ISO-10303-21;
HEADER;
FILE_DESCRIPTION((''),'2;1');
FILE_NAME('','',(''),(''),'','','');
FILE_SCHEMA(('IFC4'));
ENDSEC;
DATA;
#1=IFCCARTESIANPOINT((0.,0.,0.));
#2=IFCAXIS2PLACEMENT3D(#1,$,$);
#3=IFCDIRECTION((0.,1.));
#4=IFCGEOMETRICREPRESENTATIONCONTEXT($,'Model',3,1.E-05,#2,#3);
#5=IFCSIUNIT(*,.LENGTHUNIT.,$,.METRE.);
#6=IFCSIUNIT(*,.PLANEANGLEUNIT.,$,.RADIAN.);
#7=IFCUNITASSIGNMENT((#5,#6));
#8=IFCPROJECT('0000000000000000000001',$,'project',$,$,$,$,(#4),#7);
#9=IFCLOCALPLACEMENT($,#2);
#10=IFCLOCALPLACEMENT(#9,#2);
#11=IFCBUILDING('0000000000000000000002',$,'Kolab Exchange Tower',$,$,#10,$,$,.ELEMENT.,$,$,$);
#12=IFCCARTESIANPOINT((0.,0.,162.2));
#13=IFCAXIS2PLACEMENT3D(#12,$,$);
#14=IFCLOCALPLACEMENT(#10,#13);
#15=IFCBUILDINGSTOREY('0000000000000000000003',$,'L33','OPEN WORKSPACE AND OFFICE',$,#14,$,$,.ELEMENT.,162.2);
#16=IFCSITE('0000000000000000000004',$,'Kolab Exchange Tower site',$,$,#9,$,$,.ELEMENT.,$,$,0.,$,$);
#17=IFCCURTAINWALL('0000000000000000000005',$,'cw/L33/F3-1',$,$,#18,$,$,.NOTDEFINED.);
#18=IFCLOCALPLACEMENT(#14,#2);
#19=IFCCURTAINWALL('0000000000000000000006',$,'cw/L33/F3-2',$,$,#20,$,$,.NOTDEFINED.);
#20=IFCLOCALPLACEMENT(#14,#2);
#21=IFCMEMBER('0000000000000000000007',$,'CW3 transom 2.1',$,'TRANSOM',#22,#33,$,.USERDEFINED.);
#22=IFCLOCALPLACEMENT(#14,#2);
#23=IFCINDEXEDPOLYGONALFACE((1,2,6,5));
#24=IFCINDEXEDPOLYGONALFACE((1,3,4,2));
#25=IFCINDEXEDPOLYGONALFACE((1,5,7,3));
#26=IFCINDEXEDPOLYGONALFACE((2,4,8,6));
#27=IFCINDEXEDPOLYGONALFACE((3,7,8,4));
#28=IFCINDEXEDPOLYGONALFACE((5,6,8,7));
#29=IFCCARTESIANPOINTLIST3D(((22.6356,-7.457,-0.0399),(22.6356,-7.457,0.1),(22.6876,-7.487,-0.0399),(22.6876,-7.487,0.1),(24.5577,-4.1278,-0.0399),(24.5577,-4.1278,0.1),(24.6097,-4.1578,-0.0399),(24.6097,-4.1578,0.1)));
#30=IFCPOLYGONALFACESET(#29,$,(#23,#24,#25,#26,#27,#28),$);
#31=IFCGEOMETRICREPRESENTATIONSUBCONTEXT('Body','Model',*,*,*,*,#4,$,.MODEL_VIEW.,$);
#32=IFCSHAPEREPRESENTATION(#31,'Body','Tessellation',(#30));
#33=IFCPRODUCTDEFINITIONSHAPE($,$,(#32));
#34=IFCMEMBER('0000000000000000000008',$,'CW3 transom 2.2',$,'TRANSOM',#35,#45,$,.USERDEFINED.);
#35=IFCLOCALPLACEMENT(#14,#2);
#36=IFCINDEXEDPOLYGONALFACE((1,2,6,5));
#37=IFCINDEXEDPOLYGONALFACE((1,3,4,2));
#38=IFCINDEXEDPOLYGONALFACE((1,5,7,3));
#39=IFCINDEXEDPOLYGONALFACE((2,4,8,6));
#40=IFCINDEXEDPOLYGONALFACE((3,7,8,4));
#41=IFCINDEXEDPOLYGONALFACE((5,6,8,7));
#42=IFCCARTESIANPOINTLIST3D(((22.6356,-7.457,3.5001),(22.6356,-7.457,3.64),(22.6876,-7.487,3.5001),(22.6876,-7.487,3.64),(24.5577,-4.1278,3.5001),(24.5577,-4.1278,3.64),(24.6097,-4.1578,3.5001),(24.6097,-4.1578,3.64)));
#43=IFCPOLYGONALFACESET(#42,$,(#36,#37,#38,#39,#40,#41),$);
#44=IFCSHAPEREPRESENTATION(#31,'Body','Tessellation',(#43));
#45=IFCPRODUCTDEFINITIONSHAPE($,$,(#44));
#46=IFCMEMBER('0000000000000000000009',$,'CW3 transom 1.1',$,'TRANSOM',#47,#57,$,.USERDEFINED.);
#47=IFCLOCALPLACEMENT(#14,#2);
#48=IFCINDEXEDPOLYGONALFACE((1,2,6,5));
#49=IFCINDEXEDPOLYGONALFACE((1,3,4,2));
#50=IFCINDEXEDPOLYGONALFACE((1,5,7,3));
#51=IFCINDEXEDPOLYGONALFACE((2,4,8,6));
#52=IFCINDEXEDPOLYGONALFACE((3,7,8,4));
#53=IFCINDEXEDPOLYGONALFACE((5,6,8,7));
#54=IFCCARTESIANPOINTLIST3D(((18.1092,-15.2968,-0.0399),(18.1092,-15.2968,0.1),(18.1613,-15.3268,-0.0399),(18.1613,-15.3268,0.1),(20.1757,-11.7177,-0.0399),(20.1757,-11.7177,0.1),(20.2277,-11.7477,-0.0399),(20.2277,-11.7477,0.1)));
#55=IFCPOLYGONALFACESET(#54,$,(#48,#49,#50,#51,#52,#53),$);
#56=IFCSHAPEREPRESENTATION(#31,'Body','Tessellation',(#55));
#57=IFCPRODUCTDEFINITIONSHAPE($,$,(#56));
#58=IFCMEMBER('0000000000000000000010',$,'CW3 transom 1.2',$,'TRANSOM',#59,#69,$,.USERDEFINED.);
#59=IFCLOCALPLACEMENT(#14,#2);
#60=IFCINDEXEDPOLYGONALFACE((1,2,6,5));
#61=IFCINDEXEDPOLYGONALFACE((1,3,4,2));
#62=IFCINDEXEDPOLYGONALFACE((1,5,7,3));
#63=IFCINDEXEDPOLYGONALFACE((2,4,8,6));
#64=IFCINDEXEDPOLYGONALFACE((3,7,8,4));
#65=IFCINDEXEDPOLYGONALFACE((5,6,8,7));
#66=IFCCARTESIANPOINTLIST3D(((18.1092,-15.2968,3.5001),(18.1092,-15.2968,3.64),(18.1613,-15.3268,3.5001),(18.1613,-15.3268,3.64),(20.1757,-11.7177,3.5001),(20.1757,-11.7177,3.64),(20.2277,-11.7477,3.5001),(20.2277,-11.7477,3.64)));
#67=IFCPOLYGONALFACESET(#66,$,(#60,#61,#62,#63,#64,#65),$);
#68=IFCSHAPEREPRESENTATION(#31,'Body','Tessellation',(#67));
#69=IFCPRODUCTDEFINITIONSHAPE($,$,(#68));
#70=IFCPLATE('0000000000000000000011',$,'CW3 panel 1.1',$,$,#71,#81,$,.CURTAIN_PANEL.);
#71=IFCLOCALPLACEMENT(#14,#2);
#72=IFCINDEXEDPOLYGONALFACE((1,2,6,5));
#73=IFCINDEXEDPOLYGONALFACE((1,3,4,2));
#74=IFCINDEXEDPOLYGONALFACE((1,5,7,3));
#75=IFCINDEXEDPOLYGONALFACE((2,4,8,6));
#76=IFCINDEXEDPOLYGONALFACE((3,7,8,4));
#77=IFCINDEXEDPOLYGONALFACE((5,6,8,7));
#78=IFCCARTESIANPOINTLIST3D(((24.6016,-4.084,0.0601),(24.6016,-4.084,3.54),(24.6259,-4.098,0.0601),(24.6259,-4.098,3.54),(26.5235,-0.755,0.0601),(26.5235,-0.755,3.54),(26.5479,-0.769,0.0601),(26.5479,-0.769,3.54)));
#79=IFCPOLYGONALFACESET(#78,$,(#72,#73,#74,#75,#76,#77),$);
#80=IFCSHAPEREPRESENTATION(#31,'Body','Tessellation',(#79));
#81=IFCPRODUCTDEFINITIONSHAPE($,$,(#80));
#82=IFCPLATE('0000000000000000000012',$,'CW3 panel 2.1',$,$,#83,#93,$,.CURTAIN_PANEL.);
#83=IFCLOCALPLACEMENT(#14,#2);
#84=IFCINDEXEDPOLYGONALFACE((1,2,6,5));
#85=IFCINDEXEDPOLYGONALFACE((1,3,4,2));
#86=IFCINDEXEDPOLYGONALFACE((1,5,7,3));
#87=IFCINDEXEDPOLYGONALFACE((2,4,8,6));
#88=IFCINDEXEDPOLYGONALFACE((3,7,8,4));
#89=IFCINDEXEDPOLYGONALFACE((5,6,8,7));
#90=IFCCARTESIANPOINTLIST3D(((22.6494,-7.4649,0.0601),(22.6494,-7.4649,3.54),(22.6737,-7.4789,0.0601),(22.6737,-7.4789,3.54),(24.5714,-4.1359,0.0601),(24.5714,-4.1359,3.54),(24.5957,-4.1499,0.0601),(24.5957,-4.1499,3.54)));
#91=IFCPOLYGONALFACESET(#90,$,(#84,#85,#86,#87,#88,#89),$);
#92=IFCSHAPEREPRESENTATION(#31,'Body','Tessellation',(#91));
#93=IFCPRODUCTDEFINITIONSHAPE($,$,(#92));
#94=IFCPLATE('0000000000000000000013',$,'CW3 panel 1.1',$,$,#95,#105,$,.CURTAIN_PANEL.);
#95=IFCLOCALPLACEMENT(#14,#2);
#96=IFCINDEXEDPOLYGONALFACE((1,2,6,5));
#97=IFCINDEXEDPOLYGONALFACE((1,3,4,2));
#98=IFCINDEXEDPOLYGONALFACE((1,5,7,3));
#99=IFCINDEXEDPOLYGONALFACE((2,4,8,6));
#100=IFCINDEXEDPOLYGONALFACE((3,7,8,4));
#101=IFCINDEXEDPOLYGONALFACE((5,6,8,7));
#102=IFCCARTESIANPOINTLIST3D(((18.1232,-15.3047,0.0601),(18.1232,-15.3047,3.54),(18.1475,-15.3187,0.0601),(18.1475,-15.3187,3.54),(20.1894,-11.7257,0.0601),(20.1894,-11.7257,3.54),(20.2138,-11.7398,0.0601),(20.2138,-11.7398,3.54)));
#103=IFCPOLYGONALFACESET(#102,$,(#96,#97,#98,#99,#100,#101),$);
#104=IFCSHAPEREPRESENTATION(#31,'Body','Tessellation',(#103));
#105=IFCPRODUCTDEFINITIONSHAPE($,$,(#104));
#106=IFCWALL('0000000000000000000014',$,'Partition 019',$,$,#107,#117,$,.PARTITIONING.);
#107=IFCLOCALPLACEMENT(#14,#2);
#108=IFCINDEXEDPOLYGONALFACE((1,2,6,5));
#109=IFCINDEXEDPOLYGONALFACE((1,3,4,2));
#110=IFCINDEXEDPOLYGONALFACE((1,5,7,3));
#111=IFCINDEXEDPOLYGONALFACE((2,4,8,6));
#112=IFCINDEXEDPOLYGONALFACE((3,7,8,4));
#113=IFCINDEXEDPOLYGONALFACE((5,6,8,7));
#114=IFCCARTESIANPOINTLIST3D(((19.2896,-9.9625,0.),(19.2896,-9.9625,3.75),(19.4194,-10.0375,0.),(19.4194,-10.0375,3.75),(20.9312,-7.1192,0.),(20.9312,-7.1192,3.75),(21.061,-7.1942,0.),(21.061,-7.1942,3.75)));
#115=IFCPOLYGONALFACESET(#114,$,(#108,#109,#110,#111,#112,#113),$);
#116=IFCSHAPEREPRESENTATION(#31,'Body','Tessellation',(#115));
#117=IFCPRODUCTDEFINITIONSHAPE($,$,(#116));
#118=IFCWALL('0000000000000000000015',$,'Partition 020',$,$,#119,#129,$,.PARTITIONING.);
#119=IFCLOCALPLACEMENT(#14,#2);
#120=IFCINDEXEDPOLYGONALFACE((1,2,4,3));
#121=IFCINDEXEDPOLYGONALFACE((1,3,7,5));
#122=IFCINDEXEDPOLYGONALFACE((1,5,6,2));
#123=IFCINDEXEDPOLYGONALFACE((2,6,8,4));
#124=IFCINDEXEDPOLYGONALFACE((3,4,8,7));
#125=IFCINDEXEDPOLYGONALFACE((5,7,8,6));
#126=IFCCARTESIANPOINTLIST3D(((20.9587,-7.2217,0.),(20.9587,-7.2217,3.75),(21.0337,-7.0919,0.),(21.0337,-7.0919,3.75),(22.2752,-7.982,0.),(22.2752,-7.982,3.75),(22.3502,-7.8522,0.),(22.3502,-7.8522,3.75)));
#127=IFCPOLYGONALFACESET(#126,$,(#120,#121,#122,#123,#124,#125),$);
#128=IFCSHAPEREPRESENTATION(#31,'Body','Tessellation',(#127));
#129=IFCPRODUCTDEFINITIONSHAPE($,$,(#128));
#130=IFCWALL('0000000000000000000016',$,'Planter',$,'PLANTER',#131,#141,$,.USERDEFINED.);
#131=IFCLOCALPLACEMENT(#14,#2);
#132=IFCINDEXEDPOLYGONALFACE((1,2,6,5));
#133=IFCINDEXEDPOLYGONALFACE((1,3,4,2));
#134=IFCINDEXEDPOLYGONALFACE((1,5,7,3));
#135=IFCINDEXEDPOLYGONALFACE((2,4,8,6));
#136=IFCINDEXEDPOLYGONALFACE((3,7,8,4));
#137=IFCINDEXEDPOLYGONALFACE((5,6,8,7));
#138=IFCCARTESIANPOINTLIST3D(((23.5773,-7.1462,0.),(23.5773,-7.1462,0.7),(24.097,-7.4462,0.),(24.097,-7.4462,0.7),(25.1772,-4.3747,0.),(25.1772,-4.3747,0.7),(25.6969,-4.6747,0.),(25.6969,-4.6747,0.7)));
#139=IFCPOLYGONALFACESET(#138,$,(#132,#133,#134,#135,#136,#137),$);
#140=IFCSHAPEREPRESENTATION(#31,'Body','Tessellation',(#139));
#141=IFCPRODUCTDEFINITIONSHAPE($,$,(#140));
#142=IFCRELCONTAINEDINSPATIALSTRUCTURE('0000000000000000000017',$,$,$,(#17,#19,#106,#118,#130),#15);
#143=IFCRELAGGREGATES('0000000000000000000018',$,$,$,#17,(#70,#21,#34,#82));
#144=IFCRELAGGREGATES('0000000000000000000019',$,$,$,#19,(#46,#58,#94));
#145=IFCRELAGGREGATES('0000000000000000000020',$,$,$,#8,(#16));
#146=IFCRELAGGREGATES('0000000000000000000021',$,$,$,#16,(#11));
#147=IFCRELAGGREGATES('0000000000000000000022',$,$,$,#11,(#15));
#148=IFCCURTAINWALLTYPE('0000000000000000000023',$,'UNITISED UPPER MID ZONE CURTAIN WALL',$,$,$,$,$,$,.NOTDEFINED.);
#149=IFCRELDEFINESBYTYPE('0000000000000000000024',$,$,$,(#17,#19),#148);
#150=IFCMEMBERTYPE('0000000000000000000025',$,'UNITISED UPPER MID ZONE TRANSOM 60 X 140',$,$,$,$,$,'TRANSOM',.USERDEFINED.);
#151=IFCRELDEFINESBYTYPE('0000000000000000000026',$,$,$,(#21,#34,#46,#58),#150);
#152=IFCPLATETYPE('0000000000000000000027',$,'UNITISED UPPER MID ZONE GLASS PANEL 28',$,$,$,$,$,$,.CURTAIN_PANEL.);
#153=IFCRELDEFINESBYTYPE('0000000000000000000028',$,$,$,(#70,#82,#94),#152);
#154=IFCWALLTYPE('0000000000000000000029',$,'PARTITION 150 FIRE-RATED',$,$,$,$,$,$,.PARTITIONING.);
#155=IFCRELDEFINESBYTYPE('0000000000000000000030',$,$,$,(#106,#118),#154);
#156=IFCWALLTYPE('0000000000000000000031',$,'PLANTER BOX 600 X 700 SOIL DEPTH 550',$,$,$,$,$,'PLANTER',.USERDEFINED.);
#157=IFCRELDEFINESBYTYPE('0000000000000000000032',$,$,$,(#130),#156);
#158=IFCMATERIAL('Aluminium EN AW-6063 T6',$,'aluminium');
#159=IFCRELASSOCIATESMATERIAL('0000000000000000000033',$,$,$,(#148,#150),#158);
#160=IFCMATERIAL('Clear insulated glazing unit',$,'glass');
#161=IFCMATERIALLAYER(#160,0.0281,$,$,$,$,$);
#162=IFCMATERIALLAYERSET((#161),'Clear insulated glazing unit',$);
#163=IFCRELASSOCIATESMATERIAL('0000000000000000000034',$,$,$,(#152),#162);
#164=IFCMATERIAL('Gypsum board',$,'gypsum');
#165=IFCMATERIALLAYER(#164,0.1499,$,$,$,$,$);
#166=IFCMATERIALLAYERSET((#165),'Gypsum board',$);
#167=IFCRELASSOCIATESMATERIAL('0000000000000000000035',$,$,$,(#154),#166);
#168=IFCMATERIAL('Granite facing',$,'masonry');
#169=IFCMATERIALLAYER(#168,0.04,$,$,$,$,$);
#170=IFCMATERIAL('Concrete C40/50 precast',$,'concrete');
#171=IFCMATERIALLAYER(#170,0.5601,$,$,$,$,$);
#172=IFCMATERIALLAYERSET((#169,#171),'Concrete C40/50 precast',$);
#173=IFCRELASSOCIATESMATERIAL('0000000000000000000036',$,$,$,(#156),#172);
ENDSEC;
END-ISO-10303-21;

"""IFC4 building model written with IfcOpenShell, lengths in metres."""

from ifc_helpers import new_model, si_unit, direction, frame, frame_2d, origin, origin_2d, place, context, subcontext, project, spatial, rectangle, extrude, material, layer, layer_set, material_profile, profile_set, type_object, element, aggregate, save


model = new_model("IFC4")

# Units and contexts
model_context = context("Model", 3, precision=1e-05, world=origin(), true_north=direction((0.0, 1.0)))
body_context = subcontext(model_context, "Body", "Model", "MODEL_VIEW")
ifc_project = project(units=[si_unit("LENGTHUNIT", "METRE"), si_unit("PLANEANGLEUNIT", "RADIAN")], contexts=[model_context])

# Site, building, storey
site_placement = place(None, origin())
site = spatial("IfcSite", under=ifc_project, at=site_placement, Name="Kolab Exchange Tower site", CompositionType="ELEMENT", RefElevation=0.0)
building_placement = place(site_placement, origin())
building = spatial("IfcBuilding", under=site, at=building_placement, Name="Kolab Exchange Tower", CompositionType="ELEMENT")
storey_placement = place(building_placement, frame((0.0, 0.0, 162.2)))
storey = spatial("IfcBuildingStorey", under=building, at=storey_placement, Name="L33", Description="OPEN WORKSPACE AND OFFICE", CompositionType="ELEMENT", Elevation=162.2)

# Curtain walls
ifc_material_1 = material(Name="Aluminium EN AW-6063 T6", Category="aluminium")
curtain_wall_type = type_object("IfcCurtainWallType", Name="UNITISED UPPER MID ZONE CURTAIN WALL", PredefinedType="NOTDEFINED", material=ifc_material_1)
curtain_wall_1_placement = place(storey_placement, origin())
curtain_wall_1 = element("IfcCurtainWall", 1, at=curtain_wall_1_placement, inside=storey, type_object=curtain_wall_type, Name="cw/L33/F3-1", PredefinedType="NOTDEFINED")
curtain_wall_2_placement = place(storey_placement, origin())
curtain_wall_2 = element("IfcCurtainWall", 2, at=curtain_wall_2_placement, inside=storey, type_object=curtain_wall_type, Name="cw/L33/F3-2", PredefinedType="NOTDEFINED")

# Members
ifc_material_profile_1 = material_profile(ifc_material_1, rectangle(XDim=0.0601, YDim=0.1399, at=origin_2d()), Name="RECT 60X140")
ifc_profile_set_1 = profile_set([ifc_material_profile_1], Name="Aluminium EN AW-6063 T6")
member_type_1 = type_object("IfcMemberType", Name="UNITISED UPPER MID ZONE TRANSOM 60 X 140", ElementType="TRANSOM", PredefinedType="USERDEFINED", material=ifc_profile_set_1)
member_1_placement = place(storey_placement, frame((24.5837, -4.1428, 0.03), z_axis=(-0.500012, -0.866018, 0.0), x_axis=(0.866018, -0.500012, 0.0)))
member_1 = element("IfcMember", 3, at=member_1_placement, type_object=member_type_1, Name="CW3 transom 2.1", ObjectType="TRANSOM", PredefinedType="USERDEFINED", context=body_context, shape_type="SweptSolid", body=[
    extrude(rectangle(XDim=0.0601, YDim=0.1399, at=origin_2d()), origin(), (0.0, 0.0, 1.0), 3.8442),
])
member_2_placement = place(storey_placement, frame((24.5837, -4.1428, 3.5701), z_axis=(-0.500012, -0.866018, 0.0), x_axis=(0.866018, -0.500012, 0.0)))
member_2 = element("IfcMember", 4, at=member_2_placement, type_object=member_type_1, Name="CW3 transom 2.2", ObjectType="TRANSOM", PredefinedType="USERDEFINED", context=body_context, shape_type="SweptSolid", body=[
    extrude(rectangle(XDim=0.0601, YDim=0.1399, at=origin_2d()), origin(), (0.0, 0.0, 1.0), 3.8442),
])
member_3_placement = place(storey_placement, frame((20.2017, -11.7327, 0.03), z_axis=(-0.500002, -0.866024, 0.0), x_axis=(0.866024, -0.500002, 0.0)))
member_3 = element("IfcMember", 5, at=member_3_placement, type_object=member_type_1, Name="CW3 transom 1.1", ObjectType="TRANSOM", PredefinedType="USERDEFINED", context=body_context, shape_type="SweptSolid", body=[
    extrude(rectangle(XDim=0.0601, YDim=0.1399, at=origin_2d()), origin(), (0.0, 0.0, 1.0), 4.1328),
])
member_4_placement = place(storey_placement, frame((20.2017, -11.7327, 3.5701), z_axis=(-0.500002, -0.866024, 0.0), x_axis=(0.866024, -0.500002, 0.0)))
member_4 = element("IfcMember", 6, at=member_4_placement, type_object=member_type_1, Name="CW3 transom 1.2", ObjectType="TRANSOM", PredefinedType="USERDEFINED", context=body_context, shape_type="SweptSolid", body=[
    extrude(rectangle(XDim=0.0601, YDim=0.1399, at=origin_2d()), origin(), (0.0, 0.0, 1.0), 4.1328),
])

# Plates
ifc_material_2 = material(Name="Clear insulated glazing unit", Category="glass")
ifc_layer_1 = layer(ifc_material_2, 0.0281)
ifc_layer_set_1 = layer_set([ifc_layer_1], Name="Clear insulated glazing unit")
plate_type = type_object("IfcPlateType", Name="UNITISED UPPER MID ZONE GLASS PANEL 28", PredefinedType="CURTAIN_PANEL", material=ifc_layer_set_1)
plate_1_placement = place(storey_placement, frame((25.5747, -2.4265, 0.0601), z_axis=(0.0, 0.0, 1.0), x_axis=(-0.5, -0.866025, 0.0)))
plate_1 = element("IfcPlate", 7, at=plate_1_placement, type_object=plate_type, Name="CW3 panel 1.1", PredefinedType="CURTAIN_PANEL", context=body_context, shape_type="SweptSolid", body=[
    extrude(rectangle(XDim=3.844, YDim=0.0281, at=origin_2d()), origin(), (0.0, 0.0, 1.0), 3.48),
])
plate_2_placement = place(storey_placement, frame((23.6226, -5.8074, 0.0601), z_axis=(0.0, 0.0, 1.0), x_axis=(-0.5, -0.866025, 0.0)))
plate_2 = element("IfcPlate", 8, at=plate_2_placement, type_object=plate_type, Name="CW3 panel 2.1", PredefinedType="CURTAIN_PANEL", context=body_context, shape_type="SweptSolid", body=[
    extrude(rectangle(XDim=3.844, YDim=0.0281, at=origin_2d()), origin(), (0.0, 0.0, 1.0), 3.48),
])
aggregate(curtain_wall_1, [plate_1, member_1, member_2, plate_2])
plate_3_placement = place(storey_placement, frame((19.1685, -13.5222, 0.0601), z_axis=(0.0, 0.0, 1.0), x_axis=(-0.5, -0.866025, 0.0)))
plate_3 = element("IfcPlate", 9, at=plate_3_placement, type_object=plate_type, Name="CW3 panel 1.1", PredefinedType="CURTAIN_PANEL", context=body_context, shape_type="SweptSolid", body=[
    extrude(rectangle(XDim=4.1326, YDim=0.0281, at=origin_2d()), origin(), (0.0, 0.0, 1.0), 3.48),
])
aggregate(curtain_wall_2, [member_3, member_4, plate_3])

# Walls
ifc_material_3 = material(Name="Gypsum board", Category="gypsum")
ifc_layer_2 = layer(ifc_material_3, 0.1499)
ifc_layer_set_2 = layer_set([ifc_layer_2], Name="Gypsum board")
wall_type_1 = type_object("IfcWallType", Name="PARTITION 150 FIRE-RATED", PredefinedType="PARTITIONING", material=ifc_layer_set_2)
wall_1_placement = place(storey_placement, frame((19.3545, -10.0, 0.0), z_axis=(0.0, 0.0, 1.0), x_axis=(0.50001, 0.86602, 0.0)))
element("IfcWall", 10, at=wall_1_placement, inside=storey, type_object=wall_type_1, Name="Partition 019", PredefinedType="PARTITIONING", context=body_context, shape_type="SweptSolid", body=[
    extrude(rectangle(XDim=3.2832, YDim=0.1499, at=frame_2d((1.6416, 0.0))), origin(), (0.0, 0.0, 1.0), 3.75),
])
wall_2_placement = place(storey_placement, frame((20.9961, -7.1567, 0.0), z_axis=(0.0, 0.0, 1.0), x_axis=(0.865961, -0.500112, 0.0)))
element("IfcWall", 11, at=wall_2_placement, inside=storey, type_object=wall_type_1, Name="Partition 020", PredefinedType="PARTITIONING", context=body_context, shape_type="SweptSolid", body=[
    extrude(rectangle(XDim=1.5203, YDim=0.1499, at=frame_2d((0.7603, 0.0))), origin(), (0.0, 0.0, 1.0), 3.75),
])
ifc_material_4 = material(Name="Granite facing", Category="masonry")
ifc_layer_3 = layer(ifc_material_4, 0.04)
ifc_material_5 = material(Name="Concrete C40/50 precast", Category="concrete")
ifc_layer_4 = layer(ifc_material_5, 0.5601)
ifc_layer_set_3 = layer_set([ifc_layer_3, ifc_layer_4], Name="Concrete C40/50 precast")
wall_type_2 = type_object("IfcWallType", Name="PLANTER BOX 600 X 700 SOIL DEPTH 550", ElementType="PLANTER", PredefinedType="USERDEFINED", material=ifc_layer_set_3)
wall_3_placement = place(storey_placement, frame((25.437, -4.5247, 0.0), z_axis=(0.0, 0.0, 1.0), x_axis=(-0.499938, -0.866061, 0.0)))
element("IfcWall", 12, at=wall_3_placement, inside=storey, type_object=wall_type_2, Name="Planter", ObjectType="PLANTER", PredefinedType="USERDEFINED", context=body_context, shape_type="SweptSolid", body=[
    extrude(rectangle(XDim=3.2002, YDim=0.6001, at=frame_2d((1.6001, 0.0))), origin(), (0.0, 0.0, 1.0), 0.7),
])

save(model, "model.ifc")
